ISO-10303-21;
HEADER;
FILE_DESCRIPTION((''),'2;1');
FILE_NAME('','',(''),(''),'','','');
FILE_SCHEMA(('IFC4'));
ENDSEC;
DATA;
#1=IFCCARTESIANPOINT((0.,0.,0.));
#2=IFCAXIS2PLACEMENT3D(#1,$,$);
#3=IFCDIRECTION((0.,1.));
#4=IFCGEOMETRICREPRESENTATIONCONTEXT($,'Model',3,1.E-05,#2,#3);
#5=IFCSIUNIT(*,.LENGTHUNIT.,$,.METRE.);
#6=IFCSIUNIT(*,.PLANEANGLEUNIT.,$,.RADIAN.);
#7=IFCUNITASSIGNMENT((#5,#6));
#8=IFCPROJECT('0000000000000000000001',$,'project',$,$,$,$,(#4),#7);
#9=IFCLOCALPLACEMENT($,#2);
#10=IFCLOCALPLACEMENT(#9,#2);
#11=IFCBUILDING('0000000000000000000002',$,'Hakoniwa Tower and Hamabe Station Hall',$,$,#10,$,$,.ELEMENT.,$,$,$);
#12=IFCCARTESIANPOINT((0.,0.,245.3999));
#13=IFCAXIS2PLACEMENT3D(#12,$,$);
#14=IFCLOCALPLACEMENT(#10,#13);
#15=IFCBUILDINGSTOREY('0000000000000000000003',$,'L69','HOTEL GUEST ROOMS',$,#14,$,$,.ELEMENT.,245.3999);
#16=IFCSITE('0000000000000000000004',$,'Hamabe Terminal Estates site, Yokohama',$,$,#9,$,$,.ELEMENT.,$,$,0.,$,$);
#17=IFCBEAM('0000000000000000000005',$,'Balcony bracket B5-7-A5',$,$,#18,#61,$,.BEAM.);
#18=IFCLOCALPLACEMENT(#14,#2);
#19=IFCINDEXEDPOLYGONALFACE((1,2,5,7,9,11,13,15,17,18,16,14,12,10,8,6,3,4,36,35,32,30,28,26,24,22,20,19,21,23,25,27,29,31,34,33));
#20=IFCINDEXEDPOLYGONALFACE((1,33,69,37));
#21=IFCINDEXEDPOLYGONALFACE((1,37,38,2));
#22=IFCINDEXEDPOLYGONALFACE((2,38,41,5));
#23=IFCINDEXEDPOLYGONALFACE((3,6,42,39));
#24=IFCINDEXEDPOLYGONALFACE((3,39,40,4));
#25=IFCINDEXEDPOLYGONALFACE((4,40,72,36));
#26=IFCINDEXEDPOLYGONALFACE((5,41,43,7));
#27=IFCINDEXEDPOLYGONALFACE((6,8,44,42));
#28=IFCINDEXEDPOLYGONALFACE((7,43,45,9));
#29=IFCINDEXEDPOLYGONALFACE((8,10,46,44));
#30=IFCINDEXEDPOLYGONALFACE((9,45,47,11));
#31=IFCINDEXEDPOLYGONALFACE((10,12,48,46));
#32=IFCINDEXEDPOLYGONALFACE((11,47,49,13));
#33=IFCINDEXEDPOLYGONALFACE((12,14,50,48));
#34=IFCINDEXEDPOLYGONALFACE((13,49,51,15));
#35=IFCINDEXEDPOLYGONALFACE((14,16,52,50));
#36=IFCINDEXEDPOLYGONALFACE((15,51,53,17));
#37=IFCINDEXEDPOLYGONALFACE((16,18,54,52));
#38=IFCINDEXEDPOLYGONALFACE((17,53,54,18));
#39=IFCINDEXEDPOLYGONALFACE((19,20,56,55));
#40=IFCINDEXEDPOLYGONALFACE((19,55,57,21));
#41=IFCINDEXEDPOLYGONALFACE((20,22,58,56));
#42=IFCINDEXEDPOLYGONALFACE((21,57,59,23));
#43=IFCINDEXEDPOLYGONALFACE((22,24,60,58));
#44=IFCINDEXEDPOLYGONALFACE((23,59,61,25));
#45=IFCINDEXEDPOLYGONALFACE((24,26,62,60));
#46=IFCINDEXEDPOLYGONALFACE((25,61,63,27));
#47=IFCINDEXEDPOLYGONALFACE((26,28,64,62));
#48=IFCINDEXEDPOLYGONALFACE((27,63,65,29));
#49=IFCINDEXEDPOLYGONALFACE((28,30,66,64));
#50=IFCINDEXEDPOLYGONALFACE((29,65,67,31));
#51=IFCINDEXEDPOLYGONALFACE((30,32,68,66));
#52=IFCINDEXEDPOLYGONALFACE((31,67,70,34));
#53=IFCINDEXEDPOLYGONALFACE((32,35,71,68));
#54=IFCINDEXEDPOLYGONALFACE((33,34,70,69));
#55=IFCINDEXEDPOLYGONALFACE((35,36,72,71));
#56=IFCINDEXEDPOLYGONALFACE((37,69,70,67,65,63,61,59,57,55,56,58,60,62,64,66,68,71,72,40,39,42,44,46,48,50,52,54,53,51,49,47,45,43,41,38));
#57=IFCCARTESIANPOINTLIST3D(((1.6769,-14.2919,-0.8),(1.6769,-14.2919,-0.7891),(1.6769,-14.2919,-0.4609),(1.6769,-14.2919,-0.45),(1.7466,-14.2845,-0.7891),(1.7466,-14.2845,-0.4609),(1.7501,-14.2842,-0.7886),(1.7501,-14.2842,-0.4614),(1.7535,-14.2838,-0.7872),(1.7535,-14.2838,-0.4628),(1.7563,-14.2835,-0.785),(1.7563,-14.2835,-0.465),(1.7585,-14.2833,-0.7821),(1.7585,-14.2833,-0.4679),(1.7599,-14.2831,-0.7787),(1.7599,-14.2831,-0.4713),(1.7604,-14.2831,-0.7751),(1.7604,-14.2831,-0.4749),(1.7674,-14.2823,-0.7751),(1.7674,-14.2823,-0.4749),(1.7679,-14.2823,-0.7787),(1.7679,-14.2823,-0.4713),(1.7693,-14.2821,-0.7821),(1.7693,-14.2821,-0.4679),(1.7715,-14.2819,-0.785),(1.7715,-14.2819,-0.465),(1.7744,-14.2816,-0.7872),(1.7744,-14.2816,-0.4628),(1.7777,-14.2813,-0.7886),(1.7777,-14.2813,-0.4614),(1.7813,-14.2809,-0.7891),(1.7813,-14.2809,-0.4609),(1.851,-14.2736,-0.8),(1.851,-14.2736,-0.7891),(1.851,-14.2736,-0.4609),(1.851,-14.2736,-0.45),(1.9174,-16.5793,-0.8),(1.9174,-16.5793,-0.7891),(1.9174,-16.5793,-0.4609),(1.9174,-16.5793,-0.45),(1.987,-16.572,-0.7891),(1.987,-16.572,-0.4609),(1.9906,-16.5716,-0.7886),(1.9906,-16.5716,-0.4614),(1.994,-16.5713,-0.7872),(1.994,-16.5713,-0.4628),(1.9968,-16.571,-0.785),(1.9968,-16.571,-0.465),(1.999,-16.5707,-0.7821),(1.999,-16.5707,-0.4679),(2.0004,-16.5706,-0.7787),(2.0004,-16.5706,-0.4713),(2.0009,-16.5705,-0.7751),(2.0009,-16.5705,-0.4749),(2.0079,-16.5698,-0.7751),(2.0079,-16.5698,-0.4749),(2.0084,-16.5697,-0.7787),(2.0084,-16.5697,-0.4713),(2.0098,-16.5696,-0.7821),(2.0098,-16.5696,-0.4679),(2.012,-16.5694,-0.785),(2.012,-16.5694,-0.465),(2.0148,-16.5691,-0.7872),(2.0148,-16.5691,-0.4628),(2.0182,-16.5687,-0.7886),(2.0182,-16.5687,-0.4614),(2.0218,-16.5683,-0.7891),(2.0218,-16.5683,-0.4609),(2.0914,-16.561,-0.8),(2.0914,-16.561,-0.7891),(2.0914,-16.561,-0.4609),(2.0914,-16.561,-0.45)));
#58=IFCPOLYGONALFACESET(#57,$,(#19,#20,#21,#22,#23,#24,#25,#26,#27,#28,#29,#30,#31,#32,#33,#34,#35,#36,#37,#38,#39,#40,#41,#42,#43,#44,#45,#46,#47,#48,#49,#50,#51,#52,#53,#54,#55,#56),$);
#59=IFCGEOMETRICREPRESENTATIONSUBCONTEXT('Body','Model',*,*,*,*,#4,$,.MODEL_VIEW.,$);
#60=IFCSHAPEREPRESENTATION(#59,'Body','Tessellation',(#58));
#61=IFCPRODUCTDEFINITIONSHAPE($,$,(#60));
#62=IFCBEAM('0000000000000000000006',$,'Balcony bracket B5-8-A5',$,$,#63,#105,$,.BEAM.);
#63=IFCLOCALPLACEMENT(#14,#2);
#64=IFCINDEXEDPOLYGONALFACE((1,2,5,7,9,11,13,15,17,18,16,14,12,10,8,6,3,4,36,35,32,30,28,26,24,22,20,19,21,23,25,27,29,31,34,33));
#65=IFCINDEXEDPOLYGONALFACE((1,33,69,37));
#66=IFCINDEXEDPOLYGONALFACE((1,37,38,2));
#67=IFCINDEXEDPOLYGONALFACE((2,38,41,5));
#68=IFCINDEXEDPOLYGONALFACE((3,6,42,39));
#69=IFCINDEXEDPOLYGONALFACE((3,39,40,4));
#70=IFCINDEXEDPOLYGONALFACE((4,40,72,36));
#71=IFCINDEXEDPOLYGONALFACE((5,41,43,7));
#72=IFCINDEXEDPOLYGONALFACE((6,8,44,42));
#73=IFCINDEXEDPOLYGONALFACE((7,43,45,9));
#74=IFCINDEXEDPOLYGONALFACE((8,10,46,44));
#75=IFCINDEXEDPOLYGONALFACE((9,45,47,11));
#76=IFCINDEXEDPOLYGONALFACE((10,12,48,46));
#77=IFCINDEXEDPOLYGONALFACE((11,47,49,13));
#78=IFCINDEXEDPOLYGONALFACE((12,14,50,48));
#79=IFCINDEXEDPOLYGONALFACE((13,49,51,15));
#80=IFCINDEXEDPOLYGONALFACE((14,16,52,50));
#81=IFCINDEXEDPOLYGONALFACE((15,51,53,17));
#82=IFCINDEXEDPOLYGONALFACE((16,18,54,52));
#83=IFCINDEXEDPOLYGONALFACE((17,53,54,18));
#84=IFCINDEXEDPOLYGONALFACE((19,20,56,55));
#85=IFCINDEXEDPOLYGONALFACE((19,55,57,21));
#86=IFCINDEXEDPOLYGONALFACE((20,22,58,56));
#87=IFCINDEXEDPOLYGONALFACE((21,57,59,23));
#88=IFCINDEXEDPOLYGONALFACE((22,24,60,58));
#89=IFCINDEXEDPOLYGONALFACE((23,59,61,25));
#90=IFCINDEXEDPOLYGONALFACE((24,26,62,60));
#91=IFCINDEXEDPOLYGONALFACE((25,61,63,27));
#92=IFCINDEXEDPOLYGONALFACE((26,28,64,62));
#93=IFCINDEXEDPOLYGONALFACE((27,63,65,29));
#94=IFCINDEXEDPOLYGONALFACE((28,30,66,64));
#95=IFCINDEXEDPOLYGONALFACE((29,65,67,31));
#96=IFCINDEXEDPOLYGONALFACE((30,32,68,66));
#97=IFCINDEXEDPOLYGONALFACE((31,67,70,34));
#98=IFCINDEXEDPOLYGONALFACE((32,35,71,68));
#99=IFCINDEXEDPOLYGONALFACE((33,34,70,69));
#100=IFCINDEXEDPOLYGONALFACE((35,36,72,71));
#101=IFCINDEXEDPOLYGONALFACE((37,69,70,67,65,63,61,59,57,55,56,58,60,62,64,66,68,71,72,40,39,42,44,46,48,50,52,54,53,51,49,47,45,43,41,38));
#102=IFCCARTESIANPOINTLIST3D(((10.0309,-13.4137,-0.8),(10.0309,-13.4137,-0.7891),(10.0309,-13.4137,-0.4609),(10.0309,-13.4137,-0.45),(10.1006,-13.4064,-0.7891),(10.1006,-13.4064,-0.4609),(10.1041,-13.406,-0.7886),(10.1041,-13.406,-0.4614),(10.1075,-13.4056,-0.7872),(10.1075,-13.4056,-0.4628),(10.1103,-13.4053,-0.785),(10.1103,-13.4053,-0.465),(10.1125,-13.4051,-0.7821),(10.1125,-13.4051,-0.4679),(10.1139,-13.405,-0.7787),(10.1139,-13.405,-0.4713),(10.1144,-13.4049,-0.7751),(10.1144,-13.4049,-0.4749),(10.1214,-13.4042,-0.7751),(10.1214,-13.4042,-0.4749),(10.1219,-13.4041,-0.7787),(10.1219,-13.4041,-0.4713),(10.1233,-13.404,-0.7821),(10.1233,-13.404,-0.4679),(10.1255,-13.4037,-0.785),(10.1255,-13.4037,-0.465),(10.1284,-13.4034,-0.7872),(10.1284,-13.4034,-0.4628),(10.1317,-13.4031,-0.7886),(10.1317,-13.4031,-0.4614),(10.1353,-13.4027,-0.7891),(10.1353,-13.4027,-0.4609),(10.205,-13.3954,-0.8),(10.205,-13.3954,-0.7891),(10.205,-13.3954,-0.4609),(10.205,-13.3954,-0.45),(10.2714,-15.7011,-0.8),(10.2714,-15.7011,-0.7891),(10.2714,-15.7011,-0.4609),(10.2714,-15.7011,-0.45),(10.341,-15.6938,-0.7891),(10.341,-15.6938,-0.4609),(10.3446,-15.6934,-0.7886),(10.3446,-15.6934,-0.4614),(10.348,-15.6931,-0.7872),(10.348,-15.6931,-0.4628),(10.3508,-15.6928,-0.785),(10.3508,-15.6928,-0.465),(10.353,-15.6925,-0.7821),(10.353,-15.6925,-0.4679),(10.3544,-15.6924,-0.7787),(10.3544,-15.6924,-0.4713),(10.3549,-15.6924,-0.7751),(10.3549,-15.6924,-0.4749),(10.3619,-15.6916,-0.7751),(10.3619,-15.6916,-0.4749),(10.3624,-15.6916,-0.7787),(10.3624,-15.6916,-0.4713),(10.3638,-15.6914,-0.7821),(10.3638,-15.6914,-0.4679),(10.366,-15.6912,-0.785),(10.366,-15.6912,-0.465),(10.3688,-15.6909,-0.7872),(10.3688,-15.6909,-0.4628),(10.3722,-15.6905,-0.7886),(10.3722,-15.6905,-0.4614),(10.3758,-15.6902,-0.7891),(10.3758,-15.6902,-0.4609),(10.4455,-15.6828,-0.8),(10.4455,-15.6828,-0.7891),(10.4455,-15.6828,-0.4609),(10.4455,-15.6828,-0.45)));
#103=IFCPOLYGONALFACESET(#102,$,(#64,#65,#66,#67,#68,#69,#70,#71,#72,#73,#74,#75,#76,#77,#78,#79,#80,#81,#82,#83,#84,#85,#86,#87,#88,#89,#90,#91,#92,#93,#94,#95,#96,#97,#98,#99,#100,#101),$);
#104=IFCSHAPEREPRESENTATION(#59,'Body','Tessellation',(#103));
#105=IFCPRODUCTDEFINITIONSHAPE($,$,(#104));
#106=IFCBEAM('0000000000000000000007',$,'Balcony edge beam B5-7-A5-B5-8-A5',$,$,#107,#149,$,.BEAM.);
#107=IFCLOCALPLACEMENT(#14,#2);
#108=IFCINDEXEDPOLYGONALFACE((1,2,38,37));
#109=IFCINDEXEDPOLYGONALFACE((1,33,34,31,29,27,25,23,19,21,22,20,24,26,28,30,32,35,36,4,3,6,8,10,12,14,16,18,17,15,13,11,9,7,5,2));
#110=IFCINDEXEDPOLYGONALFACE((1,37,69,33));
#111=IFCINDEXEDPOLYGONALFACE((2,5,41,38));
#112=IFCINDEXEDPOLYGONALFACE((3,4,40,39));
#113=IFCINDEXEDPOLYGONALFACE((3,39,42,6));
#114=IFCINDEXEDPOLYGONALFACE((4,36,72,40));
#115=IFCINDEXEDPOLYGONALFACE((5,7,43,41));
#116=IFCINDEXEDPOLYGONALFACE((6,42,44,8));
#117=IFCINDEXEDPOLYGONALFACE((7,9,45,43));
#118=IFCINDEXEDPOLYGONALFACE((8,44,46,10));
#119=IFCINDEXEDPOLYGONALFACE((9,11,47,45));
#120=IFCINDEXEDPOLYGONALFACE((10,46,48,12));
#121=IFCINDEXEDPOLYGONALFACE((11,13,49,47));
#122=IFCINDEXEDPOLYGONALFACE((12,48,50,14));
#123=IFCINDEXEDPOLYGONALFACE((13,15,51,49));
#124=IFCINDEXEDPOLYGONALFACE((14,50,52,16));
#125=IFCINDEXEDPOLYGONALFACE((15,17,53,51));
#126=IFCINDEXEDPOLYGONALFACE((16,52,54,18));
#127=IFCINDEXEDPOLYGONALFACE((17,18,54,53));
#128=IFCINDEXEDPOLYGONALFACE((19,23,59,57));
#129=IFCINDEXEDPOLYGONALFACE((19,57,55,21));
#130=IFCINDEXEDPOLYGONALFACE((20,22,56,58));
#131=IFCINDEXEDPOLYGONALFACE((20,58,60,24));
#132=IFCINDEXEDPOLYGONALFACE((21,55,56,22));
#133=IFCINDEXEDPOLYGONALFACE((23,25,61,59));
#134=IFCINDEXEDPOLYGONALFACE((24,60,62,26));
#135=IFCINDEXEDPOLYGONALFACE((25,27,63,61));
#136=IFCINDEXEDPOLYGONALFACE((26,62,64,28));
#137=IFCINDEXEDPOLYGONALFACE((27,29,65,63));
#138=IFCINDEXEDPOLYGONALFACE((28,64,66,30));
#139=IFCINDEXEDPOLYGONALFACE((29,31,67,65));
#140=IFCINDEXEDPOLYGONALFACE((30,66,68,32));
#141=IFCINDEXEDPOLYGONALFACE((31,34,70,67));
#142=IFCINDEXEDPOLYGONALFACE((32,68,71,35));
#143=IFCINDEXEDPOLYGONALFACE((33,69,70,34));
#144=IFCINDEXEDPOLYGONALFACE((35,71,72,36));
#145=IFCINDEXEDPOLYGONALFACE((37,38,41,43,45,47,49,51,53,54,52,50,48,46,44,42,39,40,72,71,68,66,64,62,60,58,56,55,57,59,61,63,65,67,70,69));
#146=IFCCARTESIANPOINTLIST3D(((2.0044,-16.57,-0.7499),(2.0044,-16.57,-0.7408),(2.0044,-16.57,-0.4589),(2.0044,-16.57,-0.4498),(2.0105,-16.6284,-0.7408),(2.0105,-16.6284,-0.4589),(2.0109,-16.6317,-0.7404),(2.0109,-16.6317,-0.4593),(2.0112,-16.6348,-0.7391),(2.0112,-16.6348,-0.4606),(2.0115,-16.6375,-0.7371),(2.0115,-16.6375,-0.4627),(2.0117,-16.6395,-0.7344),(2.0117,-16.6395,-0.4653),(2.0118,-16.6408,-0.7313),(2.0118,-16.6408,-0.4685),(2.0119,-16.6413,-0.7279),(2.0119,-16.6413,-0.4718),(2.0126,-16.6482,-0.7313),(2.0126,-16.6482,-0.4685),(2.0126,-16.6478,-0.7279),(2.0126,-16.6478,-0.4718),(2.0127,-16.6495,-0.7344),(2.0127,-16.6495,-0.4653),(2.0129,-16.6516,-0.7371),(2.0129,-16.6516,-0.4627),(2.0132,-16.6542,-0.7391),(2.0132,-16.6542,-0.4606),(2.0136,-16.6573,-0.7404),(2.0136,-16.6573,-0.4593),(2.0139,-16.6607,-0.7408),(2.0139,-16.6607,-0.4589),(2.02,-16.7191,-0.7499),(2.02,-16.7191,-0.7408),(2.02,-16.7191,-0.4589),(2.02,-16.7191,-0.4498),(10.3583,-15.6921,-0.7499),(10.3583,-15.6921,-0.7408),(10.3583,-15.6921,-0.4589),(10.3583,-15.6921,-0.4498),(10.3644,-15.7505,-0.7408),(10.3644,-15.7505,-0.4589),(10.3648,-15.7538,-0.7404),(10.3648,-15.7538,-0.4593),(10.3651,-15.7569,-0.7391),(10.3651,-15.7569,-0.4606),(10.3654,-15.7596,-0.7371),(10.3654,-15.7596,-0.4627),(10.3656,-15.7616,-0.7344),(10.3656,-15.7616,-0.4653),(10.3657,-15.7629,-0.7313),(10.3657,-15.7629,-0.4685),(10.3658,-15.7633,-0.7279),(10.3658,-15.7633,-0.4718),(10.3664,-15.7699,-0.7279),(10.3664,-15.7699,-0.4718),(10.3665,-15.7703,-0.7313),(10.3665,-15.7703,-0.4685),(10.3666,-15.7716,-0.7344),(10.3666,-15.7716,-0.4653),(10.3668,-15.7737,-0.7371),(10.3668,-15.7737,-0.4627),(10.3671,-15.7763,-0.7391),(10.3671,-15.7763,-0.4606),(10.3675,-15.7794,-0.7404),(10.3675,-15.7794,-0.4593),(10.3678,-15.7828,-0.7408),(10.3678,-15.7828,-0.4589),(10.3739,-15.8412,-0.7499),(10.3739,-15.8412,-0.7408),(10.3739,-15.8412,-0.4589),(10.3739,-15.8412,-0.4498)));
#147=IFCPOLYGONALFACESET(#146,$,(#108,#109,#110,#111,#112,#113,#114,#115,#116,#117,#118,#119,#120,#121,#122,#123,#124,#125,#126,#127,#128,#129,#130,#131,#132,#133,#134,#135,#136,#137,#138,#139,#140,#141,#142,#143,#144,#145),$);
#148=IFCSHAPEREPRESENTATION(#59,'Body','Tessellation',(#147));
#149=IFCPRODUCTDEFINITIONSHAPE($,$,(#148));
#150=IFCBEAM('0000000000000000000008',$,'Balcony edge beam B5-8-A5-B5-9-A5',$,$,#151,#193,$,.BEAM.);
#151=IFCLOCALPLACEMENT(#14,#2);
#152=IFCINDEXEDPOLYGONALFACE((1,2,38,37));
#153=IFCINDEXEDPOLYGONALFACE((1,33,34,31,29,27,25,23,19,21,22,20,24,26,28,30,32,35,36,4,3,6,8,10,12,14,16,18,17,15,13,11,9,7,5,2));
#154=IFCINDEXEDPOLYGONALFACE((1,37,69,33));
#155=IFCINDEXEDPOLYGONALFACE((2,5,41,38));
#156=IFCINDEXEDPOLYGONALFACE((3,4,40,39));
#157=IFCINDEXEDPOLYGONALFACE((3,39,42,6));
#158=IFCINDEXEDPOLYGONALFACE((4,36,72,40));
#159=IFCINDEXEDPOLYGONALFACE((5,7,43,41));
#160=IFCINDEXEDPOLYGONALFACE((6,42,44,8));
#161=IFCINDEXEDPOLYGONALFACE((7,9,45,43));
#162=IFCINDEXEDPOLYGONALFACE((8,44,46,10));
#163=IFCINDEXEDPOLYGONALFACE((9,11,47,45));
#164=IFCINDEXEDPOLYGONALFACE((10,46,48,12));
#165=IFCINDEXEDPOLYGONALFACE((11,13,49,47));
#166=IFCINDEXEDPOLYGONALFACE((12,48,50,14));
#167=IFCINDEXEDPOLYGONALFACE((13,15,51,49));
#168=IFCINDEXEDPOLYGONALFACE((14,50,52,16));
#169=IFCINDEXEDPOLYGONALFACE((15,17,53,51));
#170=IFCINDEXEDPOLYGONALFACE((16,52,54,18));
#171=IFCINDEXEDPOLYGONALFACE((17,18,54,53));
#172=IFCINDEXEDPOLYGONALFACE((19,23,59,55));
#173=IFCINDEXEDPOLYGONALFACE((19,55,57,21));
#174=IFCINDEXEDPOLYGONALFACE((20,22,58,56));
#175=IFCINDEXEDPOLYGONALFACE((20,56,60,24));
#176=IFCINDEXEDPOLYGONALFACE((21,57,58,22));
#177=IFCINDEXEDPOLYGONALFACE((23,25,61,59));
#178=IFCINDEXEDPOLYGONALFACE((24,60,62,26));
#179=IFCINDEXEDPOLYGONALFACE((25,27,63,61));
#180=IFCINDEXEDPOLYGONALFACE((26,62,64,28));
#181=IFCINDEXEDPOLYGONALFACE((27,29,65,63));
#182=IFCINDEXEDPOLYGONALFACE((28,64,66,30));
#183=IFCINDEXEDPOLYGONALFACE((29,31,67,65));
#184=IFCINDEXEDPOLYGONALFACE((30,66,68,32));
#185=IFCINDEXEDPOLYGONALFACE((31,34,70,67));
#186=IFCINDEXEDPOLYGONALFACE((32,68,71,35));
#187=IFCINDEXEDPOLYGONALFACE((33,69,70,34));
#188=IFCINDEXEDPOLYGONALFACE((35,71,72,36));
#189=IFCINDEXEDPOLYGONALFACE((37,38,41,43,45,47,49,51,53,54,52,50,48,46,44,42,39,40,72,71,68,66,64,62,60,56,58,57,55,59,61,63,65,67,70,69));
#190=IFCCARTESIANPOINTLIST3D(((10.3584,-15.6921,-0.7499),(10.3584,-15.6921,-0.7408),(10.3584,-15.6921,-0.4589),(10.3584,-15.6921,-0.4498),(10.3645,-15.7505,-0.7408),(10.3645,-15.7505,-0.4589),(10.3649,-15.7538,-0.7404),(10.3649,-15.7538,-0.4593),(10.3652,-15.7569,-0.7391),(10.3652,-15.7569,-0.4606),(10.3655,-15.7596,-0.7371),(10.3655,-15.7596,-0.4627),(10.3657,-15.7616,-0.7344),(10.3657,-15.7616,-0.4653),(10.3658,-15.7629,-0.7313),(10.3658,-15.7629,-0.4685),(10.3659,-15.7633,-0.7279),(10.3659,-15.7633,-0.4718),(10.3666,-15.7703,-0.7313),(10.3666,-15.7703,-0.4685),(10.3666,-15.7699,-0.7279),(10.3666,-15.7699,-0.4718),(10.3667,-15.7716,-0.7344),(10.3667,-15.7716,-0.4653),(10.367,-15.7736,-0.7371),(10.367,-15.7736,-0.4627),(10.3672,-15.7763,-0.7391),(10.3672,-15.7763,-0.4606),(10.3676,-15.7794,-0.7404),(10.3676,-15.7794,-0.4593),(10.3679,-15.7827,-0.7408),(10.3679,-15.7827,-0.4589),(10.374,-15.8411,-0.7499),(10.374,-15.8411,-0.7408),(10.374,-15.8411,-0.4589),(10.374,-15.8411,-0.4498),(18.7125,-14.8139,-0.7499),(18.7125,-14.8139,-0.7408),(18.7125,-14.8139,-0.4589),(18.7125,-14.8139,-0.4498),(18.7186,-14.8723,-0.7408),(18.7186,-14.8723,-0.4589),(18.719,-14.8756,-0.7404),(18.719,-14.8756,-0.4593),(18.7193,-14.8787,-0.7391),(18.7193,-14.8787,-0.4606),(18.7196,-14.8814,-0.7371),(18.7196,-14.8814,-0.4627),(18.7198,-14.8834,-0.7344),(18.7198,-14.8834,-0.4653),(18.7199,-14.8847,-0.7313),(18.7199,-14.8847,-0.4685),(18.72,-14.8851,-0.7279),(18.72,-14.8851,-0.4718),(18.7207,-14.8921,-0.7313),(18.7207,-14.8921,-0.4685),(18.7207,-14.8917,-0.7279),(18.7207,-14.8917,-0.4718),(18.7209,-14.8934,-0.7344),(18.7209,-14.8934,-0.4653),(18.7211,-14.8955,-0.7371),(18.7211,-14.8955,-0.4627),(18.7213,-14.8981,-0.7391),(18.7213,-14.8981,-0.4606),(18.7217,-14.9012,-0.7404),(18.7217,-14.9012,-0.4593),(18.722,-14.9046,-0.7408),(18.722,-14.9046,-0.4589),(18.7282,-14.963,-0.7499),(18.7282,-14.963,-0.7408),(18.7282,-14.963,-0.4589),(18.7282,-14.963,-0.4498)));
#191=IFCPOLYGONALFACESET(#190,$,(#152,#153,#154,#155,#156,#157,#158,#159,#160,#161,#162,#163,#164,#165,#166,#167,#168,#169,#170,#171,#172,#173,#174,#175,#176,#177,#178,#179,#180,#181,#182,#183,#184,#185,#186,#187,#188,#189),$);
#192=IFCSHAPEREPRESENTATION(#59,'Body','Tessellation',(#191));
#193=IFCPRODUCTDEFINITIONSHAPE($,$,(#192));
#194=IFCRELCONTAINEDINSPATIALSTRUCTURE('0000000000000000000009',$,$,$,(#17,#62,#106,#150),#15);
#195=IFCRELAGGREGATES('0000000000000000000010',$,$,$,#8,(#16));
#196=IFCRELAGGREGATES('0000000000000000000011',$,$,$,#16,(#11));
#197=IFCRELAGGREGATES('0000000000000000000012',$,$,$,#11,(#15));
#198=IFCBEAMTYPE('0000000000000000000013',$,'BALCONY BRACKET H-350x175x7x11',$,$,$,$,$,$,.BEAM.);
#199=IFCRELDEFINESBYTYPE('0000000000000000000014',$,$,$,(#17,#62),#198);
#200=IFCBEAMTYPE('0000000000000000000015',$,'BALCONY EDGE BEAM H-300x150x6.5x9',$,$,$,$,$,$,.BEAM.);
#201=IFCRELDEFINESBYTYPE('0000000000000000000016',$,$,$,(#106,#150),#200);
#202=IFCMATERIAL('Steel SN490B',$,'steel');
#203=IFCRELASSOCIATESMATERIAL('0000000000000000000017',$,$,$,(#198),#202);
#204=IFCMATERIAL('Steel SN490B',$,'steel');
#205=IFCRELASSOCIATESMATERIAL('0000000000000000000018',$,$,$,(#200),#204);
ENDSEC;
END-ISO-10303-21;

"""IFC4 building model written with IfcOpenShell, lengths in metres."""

from ifc_helpers import new_model, si_unit, direction, frame, origin, origin_2d, place, context, subcontext, project, spatial, i_section, extrude, material, material_profile, profile_set, type_object, element, save


model = new_model("IFC4")

# Units and contexts
model_context = context("Model", 3, precision=1e-05, world=origin(), true_north=direction((0.0, 1.0)))
body_context = subcontext(model_context, "Body", "Model", "MODEL_VIEW")
ifc_project = project(units=[si_unit("LENGTHUNIT", "METRE"), si_unit("PLANEANGLEUNIT", "RADIAN")], contexts=[model_context])

# Site, building, storey
site_placement = place(None, origin())
site = spatial("IfcSite", under=ifc_project, at=site_placement, Name="Hamabe Terminal Estates site, Yokohama", CompositionType="ELEMENT", RefElevation=0.0)
building_placement = place(site_placement, origin())
building = spatial("IfcBuilding", under=site, at=building_placement, Name="Hakoniwa Tower and Hamabe Station Hall", CompositionType="ELEMENT")
storey_placement = place(building_placement, frame((0.0, 0.0, 245.3999)))
storey = spatial("IfcBuildingStorey", under=building, at=storey_placement, Name="L69", Description="HOTEL GUEST ROOMS", CompositionType="ELEMENT", Elevation=245.3999)

# Beams
ifc_material_1 = material(Name="Steel SN490B", Category="steel")
ifc_material_profile_1 = material_profile(ifc_material_1, i_section(OverallWidth=0.175, OverallDepth=0.3501, WebThickness=0.0071, FlangeThickness=0.011, FilletRadius=0.0139, at=origin_2d()), Name="H-350x175x7x11")
ifc_profile_set_1 = profile_set([ifc_material_profile_1], Name="Steel SN490B")
beam_type_1 = type_object("IfcBeamType", Name="BALCONY BRACKET H-350x175x7x11", PredefinedType="BEAM", material=ifc_profile_set_1)
for number, where, z_axis, x_axis, name in (
    (1, (1.7639, -14.2827, -0.625), (0.104558, -0.994519, 0.0), (0.994519, 0.104558, 0.0), "Balcony bracket B5-7-A5"),
    (2, (10.1179, -13.4045, -0.625), (0.104558, -0.994519, 0.0), (0.994519, 0.104558, 0.0), "Balcony bracket B5-8-A5"),
):
    element("IfcBeam", number, at=place(storey_placement, frame(where, z_axis=z_axis, x_axis=x_axis)), inside=storey, type_object=beam_type_1, Name=name, PredefinedType="BEAM", context=body_context, shape_type="SweptSolid", body=[
        extrude(i_section(OverallWidth=0.175, OverallDepth=0.3501, WebThickness=0.0071, FlangeThickness=0.011, FilletRadius=0.0139, at=origin_2d()), origin(), (0.0, 0.0, 1.0), 2.3),
    ])
ifc_material_2 = material(Name="Steel SN490B", Category="steel")
ifc_material_profile_2 = material_profile(ifc_material_2, i_section(OverallWidth=0.1499, OverallDepth=0.3, WebThickness=0.0066, FlangeThickness=0.009, FilletRadius=0.0129, at=origin_2d()), Name="H-300x150x6.5x9")
ifc_profile_set_2 = profile_set([ifc_material_profile_2], Name="Steel SN490B")
beam_type_2 = type_object("IfcBeamType", Name="BALCONY EDGE BEAM H-300x150x6.5x9", PredefinedType="BEAM", material=ifc_profile_set_2)
beam_1_placement = place(storey_placement, frame((2.0122, -16.6445, -0.5999), z_axis=(0.994523, 0.104515, 0.0), x_axis=(-0.104515, 0.994523, 0.0)))
element("IfcBeam", 3, at=beam_1_placement, inside=storey, type_object=beam_type_2, Name="Balcony edge beam B5-7-A5-B5-8-A5", PredefinedType="BEAM", context=body_context, shape_type="SweptSolid", body=[
    extrude(i_section(OverallWidth=0.1499, OverallDepth=0.3, WebThickness=0.0066, FlangeThickness=0.009, FilletRadius=0.0129, at=origin_2d()), origin(), (0.0, 0.0, 1.0), 8.3999),
])
beam_2_placement = place(storey_placement, frame((10.3662, -15.7666, -0.5999), z_axis=(0.99452, 0.104544, 0.0), x_axis=(-0.104544, 0.99452, 0.0)))
element("IfcBeam", 4, at=beam_2_placement, inside=storey, type_object=beam_type_2, Name="Balcony edge beam B5-8-A5-B5-9-A5", PredefinedType="BEAM", context=body_context, shape_type="SweptSolid", body=[
    extrude(i_section(OverallWidth=0.1499, OverallDepth=0.3, WebThickness=0.0066, FlangeThickness=0.009, FilletRadius=0.0129, at=origin_2d()), origin(), (0.0, 0.0, 1.0), 8.4001),
])

save(model, "model.ifc")
